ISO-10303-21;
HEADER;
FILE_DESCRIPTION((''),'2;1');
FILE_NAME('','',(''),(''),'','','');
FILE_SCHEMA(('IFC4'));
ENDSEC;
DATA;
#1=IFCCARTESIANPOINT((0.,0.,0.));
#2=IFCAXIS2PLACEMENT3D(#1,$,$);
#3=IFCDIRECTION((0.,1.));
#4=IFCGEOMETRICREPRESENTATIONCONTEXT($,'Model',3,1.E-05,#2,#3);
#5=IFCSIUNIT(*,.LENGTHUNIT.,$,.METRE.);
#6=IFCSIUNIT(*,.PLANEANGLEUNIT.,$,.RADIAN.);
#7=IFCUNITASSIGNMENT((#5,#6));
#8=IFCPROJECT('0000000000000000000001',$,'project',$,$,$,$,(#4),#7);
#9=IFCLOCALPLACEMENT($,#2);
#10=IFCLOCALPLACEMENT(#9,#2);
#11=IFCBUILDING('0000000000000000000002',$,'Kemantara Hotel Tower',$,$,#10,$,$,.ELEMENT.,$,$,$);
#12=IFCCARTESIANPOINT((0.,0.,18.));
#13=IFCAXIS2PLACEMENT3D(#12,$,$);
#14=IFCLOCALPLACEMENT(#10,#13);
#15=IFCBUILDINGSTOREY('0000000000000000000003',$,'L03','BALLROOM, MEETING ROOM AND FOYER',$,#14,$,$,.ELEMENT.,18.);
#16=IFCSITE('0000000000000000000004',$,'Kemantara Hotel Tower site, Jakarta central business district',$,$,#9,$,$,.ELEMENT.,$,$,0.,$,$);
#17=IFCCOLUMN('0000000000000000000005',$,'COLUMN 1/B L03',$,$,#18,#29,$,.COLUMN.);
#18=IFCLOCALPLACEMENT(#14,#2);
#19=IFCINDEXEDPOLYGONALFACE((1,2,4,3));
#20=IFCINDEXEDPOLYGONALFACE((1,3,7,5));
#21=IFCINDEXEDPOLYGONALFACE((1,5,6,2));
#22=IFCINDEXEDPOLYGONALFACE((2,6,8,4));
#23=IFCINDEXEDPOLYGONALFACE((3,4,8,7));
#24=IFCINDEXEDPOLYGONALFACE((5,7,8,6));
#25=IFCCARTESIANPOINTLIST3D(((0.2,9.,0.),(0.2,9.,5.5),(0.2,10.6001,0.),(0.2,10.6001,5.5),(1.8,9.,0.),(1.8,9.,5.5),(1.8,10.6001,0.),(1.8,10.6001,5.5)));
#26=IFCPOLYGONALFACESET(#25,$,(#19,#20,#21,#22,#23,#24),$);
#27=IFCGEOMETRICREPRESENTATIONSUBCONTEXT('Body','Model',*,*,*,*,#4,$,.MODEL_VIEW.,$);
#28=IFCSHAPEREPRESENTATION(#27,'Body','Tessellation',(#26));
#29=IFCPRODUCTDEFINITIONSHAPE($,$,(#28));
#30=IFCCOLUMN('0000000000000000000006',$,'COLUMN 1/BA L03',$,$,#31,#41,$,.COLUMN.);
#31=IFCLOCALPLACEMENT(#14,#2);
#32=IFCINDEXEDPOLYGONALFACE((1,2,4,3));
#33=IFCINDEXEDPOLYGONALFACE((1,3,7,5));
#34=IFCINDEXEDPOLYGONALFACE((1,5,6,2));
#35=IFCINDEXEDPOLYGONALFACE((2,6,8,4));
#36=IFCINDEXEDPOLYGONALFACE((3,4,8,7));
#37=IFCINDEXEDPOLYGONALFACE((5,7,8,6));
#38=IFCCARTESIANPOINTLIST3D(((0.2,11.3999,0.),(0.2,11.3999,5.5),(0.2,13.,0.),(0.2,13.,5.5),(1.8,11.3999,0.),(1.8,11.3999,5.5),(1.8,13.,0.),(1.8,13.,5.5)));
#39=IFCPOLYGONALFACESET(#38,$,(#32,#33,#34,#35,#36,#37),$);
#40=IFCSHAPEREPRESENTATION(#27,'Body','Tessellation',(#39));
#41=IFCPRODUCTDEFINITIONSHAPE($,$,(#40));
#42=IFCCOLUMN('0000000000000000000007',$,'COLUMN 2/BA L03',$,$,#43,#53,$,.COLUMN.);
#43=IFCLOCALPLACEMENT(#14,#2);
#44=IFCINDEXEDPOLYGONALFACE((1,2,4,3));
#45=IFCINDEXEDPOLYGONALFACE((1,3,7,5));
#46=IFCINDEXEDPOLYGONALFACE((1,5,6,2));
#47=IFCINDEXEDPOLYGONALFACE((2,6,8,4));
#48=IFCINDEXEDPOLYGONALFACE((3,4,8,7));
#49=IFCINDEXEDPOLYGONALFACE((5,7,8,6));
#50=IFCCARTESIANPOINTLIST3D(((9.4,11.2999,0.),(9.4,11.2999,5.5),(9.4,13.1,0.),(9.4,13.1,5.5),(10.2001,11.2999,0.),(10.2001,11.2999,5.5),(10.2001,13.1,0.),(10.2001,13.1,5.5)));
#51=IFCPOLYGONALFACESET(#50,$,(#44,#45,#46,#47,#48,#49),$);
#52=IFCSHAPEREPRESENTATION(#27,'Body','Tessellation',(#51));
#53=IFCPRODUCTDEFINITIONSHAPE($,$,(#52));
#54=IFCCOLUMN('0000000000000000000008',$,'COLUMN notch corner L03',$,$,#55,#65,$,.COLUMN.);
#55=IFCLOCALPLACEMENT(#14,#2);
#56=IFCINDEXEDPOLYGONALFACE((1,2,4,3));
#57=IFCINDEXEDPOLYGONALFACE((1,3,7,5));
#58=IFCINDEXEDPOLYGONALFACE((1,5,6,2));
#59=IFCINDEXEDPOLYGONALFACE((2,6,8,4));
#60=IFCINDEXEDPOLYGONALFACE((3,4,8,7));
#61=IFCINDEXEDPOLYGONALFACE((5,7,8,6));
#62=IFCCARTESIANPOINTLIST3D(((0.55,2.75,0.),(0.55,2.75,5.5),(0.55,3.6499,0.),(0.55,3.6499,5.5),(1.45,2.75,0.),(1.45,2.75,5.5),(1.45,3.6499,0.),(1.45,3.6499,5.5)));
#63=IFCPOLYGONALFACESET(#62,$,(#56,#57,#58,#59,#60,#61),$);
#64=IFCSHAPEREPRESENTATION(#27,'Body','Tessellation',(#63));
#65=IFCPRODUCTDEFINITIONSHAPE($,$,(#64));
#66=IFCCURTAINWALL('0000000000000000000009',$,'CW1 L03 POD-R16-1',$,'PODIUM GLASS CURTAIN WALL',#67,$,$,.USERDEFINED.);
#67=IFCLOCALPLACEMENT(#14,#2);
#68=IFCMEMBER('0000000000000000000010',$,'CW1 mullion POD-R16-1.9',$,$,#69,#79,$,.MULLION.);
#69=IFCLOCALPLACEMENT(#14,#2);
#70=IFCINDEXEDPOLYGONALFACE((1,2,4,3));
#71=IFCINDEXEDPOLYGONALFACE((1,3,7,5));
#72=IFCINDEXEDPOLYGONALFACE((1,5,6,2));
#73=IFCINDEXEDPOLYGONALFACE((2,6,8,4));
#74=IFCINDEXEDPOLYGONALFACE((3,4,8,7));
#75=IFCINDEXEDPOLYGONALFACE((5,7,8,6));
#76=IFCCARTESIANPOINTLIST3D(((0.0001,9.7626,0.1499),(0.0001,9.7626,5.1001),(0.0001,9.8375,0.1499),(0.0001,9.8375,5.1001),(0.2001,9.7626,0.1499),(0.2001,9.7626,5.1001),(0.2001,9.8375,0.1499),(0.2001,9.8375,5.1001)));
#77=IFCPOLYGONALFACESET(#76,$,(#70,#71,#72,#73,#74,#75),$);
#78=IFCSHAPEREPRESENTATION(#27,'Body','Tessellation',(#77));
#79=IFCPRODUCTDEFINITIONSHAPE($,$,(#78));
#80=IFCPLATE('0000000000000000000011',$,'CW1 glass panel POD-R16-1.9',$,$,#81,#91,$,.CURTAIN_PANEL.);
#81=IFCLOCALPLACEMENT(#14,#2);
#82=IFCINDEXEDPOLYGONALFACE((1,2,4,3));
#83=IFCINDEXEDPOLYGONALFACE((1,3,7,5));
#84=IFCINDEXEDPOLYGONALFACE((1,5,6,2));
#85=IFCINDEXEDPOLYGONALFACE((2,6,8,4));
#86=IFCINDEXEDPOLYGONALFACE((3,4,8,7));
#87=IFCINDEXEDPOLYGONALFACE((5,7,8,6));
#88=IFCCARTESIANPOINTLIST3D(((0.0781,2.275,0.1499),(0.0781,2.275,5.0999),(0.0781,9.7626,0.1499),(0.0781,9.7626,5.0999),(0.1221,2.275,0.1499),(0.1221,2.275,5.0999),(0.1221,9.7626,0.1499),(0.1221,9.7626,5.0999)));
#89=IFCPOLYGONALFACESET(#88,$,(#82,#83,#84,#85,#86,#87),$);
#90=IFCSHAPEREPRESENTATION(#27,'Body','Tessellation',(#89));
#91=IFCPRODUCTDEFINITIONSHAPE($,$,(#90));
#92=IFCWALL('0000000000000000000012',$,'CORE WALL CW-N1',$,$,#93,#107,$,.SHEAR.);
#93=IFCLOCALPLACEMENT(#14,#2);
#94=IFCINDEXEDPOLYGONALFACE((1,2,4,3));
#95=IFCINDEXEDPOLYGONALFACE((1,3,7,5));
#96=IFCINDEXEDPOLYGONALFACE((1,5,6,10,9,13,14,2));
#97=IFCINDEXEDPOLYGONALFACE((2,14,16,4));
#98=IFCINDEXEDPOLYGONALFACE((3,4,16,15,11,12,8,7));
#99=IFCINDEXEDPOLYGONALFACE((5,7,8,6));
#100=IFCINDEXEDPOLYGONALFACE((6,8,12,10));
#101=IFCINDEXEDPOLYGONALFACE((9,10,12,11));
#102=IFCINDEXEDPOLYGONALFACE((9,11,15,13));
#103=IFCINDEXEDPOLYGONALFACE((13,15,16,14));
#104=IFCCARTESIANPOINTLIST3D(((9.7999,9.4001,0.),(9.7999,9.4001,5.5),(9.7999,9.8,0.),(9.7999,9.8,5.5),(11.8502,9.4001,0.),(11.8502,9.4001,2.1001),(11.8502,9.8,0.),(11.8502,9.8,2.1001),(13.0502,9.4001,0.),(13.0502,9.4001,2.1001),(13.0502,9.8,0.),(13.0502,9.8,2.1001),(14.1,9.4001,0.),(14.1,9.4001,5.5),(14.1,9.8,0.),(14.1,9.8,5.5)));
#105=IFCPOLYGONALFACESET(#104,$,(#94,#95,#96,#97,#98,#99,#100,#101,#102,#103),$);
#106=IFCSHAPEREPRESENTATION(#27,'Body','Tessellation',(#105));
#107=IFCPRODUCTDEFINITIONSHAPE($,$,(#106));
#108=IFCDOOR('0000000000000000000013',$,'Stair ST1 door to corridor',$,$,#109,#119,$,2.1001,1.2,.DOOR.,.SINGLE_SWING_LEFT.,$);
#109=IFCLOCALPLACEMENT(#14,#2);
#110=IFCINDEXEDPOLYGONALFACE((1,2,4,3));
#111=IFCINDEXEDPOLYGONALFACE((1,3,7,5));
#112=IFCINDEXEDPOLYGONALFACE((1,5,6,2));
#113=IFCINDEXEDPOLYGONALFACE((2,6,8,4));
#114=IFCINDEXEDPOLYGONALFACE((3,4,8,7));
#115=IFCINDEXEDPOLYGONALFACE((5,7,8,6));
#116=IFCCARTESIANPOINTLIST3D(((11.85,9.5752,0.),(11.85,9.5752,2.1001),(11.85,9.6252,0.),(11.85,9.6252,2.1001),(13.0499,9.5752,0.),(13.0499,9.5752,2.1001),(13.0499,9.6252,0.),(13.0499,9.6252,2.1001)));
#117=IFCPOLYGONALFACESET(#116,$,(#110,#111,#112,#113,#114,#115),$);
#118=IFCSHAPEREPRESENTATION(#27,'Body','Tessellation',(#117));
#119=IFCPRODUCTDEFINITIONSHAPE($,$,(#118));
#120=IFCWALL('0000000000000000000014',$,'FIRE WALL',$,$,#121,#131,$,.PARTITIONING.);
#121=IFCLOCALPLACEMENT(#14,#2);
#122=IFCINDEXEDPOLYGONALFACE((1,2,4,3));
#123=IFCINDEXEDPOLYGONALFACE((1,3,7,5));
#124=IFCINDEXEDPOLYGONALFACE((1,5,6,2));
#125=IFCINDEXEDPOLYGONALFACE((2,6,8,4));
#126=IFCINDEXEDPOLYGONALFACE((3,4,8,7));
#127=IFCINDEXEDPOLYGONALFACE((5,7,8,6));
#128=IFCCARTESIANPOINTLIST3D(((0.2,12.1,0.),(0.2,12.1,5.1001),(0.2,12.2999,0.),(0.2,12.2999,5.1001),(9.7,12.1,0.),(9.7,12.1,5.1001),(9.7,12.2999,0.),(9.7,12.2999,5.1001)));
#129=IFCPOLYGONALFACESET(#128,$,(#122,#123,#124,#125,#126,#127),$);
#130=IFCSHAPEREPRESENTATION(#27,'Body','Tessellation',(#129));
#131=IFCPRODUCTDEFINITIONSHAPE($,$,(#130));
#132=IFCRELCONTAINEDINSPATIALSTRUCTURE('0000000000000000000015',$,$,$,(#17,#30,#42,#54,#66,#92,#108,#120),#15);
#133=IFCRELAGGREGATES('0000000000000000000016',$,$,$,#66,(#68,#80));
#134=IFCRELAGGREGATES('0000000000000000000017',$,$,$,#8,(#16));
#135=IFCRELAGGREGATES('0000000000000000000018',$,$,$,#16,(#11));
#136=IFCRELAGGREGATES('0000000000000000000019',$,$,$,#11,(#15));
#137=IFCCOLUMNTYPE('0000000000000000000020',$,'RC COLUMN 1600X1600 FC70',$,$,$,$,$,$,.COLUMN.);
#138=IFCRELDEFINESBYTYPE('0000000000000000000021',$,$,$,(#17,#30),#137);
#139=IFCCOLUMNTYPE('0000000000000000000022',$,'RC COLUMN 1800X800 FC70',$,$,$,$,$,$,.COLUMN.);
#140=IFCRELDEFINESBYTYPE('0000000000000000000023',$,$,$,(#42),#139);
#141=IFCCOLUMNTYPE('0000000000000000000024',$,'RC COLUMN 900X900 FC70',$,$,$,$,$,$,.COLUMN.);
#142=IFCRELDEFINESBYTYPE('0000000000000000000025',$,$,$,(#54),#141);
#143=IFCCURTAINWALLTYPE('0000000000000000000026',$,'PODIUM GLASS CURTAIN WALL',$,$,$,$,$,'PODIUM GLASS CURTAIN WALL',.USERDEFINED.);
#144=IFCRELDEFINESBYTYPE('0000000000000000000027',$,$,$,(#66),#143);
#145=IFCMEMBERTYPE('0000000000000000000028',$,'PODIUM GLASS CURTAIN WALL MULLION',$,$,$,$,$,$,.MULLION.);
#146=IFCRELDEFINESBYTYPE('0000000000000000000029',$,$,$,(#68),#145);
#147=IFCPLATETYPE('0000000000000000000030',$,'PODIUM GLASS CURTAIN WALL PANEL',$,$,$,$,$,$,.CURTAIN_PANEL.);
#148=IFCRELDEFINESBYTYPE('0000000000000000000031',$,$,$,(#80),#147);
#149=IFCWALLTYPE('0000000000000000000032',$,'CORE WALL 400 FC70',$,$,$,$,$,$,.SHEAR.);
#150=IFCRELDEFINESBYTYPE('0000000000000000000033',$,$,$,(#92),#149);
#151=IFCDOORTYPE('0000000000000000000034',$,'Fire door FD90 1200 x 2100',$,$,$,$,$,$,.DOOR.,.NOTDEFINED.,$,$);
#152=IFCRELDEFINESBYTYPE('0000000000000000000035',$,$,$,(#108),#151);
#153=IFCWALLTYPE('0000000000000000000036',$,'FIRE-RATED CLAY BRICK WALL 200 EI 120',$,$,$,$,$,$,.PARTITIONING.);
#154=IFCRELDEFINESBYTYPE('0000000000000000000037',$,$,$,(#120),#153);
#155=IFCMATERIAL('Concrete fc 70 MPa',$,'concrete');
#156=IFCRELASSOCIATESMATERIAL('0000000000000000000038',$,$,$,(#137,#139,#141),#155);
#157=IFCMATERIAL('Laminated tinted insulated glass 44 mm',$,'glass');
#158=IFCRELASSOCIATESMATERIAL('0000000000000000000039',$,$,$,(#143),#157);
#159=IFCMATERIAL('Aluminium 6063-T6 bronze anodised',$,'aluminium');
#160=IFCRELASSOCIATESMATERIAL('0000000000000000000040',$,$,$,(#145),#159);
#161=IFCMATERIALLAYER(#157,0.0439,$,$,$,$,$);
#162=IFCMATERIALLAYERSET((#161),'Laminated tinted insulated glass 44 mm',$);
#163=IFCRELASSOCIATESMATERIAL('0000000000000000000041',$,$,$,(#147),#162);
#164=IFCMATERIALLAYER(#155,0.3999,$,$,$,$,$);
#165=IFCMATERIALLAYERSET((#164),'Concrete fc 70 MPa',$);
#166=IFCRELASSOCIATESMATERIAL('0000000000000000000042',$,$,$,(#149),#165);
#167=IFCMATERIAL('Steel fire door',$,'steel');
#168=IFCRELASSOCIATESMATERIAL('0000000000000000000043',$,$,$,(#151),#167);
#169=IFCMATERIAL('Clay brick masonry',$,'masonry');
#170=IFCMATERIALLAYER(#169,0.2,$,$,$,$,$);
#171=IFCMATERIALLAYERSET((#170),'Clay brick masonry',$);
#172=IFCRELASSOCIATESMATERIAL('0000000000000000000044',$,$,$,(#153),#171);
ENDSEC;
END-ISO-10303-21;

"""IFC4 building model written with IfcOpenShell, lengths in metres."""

from ifc_helpers import new_model, si_unit, direction, frame, frame_2d, origin, origin_2d, place, context, subcontext, project, spatial, rectangle, extrude, source, transform, mapped, material, layer, layer_set, material_profile, profile_set, type_object, element, fill, aggregate, save


model = new_model("IFC4")

# Units and contexts
model_context = context("Model", 3, precision=1e-05, world=origin(), true_north=direction((0.0, 1.0)))
body_context = subcontext(model_context, "Body", "Model", "MODEL_VIEW")
ifc_project = project(units=[si_unit("LENGTHUNIT", "METRE"), si_unit("PLANEANGLEUNIT", "RADIAN")], contexts=[model_context])

# Site, building, storey
site_placement = place(None, origin())
site = spatial("IfcSite", under=ifc_project, at=site_placement, Name="Kemantara Hotel Tower site, Jakarta central business district", CompositionType="ELEMENT", RefElevation=0.0)
building_placement = place(site_placement, origin())
building = spatial("IfcBuilding", under=site, at=building_placement, Name="Kemantara Hotel Tower", CompositionType="ELEMENT")
storey_placement = place(building_placement, frame((0.0, 0.0, 18.0)))
storey = spatial("IfcBuildingStorey", under=building, at=storey_placement, Name="L03", Description="BALLROOM, MEETING ROOM AND FOYER", CompositionType="ELEMENT", Elevation=18.0)

# Columns
ifc_material_1 = material(Name="Concrete fc 70 MPa", Category="concrete")
ifc_material_profile_1 = material_profile(ifc_material_1, rectangle(XDim=1.6001, YDim=1.6001, at=origin_2d()), Name="RC 1600X1600")
ifc_profile_set_1 = profile_set([ifc_material_profile_1], Name="Concrete fc 70 MPa")
column_type_1 = type_object("IfcColumnType", Name="RC COLUMN 1600X1600 FC70", PredefinedType="COLUMN", material=ifc_profile_set_1)
for number, where, z_axis, x_axis, name in (
    (1, (1.0, 9.8, 0.0), (0.0, 0.0, 1.0), (1.0, 0.0, 0.0), "COLUMN 1/B L03"),
    (2, (1.0, 12.2, 0.0), (0.0, 0.0, 1.0), (1.0, 0.0, 0.0), "COLUMN 1/BA L03"),
):
    element("IfcColumn", number, at=place(storey_placement, frame(where, z_axis=z_axis, x_axis=x_axis)), inside=storey, type_object=column_type_1, Name=name, PredefinedType="COLUMN", context=body_context, shape_type="SweptSolid", body=[
        extrude(rectangle(XDim=1.6001, YDim=1.6001, at=origin_2d()), origin(), (0.0, 0.0, 1.0), 5.5),
    ])
ifc_material_profile_2 = material_profile(ifc_material_1, rectangle(XDim=1.8, YDim=0.8, at=origin_2d()), Name="RC 1800X800")
ifc_profile_set_2 = profile_set([ifc_material_profile_2], Name="Concrete fc 70 MPa")
column_type_2 = type_object("IfcColumnType", Name="RC COLUMN 1800X800 FC70", PredefinedType="COLUMN", material=ifc_profile_set_2)
column_1_placement = place(storey_placement, frame((9.8, 12.2, 0.0), z_axis=(0.0, 0.0, 1.0), x_axis=(0.0, 1.0, 0.0)))
element("IfcColumn", 3, at=column_1_placement, inside=storey, type_object=column_type_2, Name="COLUMN 2/BA L03", PredefinedType="COLUMN", context=body_context, shape_type="SweptSolid", body=[
    extrude(rectangle(XDim=1.8, YDim=0.8, at=origin_2d()), origin(), (0.0, 0.0, 1.0), 5.5),
])
ifc_material_profile_3 = material_profile(ifc_material_1, rectangle(XDim=0.8999, YDim=0.8999, at=origin_2d()), Name="RC 900X900")
ifc_profile_set_3 = profile_set([ifc_material_profile_3], Name="Concrete fc 70 MPa")
column_type_3 = type_object("IfcColumnType", Name="RC COLUMN 900X900 FC70", PredefinedType="COLUMN", material=ifc_profile_set_3)
column_2_placement = place(storey_placement, frame((1.0, 3.2, 0.0), z_axis=(0.0, 0.0, 1.0), x_axis=(1.0, 0.0, 0.0)))
element("IfcColumn", 4, at=column_2_placement, inside=storey, type_object=column_type_3, Name="COLUMN notch corner L03", PredefinedType="COLUMN", context=body_context, shape_type="SweptSolid", body=[
    extrude(rectangle(XDim=0.8999, YDim=0.8999, at=origin_2d()), origin(), (0.0, 0.0, 1.0), 5.5),
])

# Curtain wall, member, plate
ifc_material_2 = material(Name="Laminated tinted insulated glass 44 mm", Category="glass")
curtain_wall_type = type_object("IfcCurtainWallType", Name="PODIUM GLASS CURTAIN WALL", ElementType="PODIUM GLASS CURTAIN WALL", PredefinedType="USERDEFINED", material=ifc_material_2)
curtain_wall_placement = place(storey_placement, origin())
curtain_wall = element("IfcCurtainWall", 5, at=curtain_wall_placement, inside=storey, type_object=curtain_wall_type, Name="CW1 L03 POD-R16-1", ObjectType="PODIUM GLASS CURTAIN WALL", PredefinedType="USERDEFINED")
ifc_material_3 = material(Name="Aluminium 6063-T6 bronze anodised", Category="aluminium")
ifc_material_profile_4 = material_profile(ifc_material_3, rectangle(XDim=0.2, YDim=0.075, at=origin_2d()), Name="PODIUM GLASS CURTAIN WALL MULLION")
ifc_profile_set_4 = profile_set([ifc_material_profile_4], Name="Aluminium 6063-T6 bronze anodised")
member_type = type_object("IfcMemberType", Name="PODIUM GLASS CURTAIN WALL MULLION", PredefinedType="MULLION", material=ifc_profile_set_4)
shared_shape_1 = source(origin(), body_context, "Body", "SweptSolid", [
    extrude(rectangle(XDim=0.2, YDim=0.075, at=origin_2d()), origin(), (0.0, 0.0, 1.0), 4.9502),
])
member_placement = place(storey_placement, frame((0.1001, 9.8, 0.1499), z_axis=(0.0, 0.0, 1.0), x_axis=(1.0, 0.0, 0.0)))
member = element("IfcMember", 6, at=member_placement, type_object=member_type, Name="CW1 mullion POD-R16-1.9", PredefinedType="MULLION", context=body_context, shape_type="MappedRepresentation", body=[
    mapped(shared_shape_1, transform((0.0, 0.0, 0.0))),
])
ifc_layer_1 = layer(ifc_material_2, 0.0439)
ifc_layer_set_1 = layer_set([ifc_layer_1], Name="Laminated tinted insulated glass 44 mm")
plate_type = type_object("IfcPlateType", Name="PODIUM GLASS CURTAIN WALL PANEL", PredefinedType="CURTAIN_PANEL", material=ifc_layer_set_1)
shared_shape_2 = source(origin(), body_context, "Body", "SweptSolid", [
    extrude(rectangle(XDim=7.4875, YDim=0.0439, at=origin_2d()), origin(), (0.0, 0.0, 1.0), 4.95),
])
plate_placement = place(storey_placement, frame((0.1001, 6.0188, 0.1499), z_axis=(0.0, 0.0, 1.0), x_axis=(0.0, -1.0, 0.0)))
plate = element("IfcPlate", 7, at=plate_placement, type_object=plate_type, Name="CW1 glass panel POD-R16-1.9", PredefinedType="CURTAIN_PANEL", context=body_context, shape_type="MappedRepresentation", body=[
    mapped(shared_shape_2, transform((0.0, 0.0, 0.0))),
])
aggregate(curtain_wall, [member, plate])

# Wall, opening, door
ifc_layer_2 = layer(ifc_material_1, 0.3999)
ifc_layer_set_2 = layer_set([ifc_layer_2], Name="Concrete fc 70 MPa")
wall_type_1 = type_object("IfcWallType", Name="CORE WALL 400 FC70", PredefinedType="SHEAR", material=ifc_layer_set_2)
wall_1_placement = place(storey_placement, frame((9.8, 9.6001, 0.0), z_axis=(0.0, 0.0, 1.0), x_axis=(1.0, 0.0, 0.0)))
wall_1 = element("IfcWall", 8, at=wall_1_placement, inside=storey, type_object=wall_type_1, Name="CORE WALL CW-N1", PredefinedType="SHEAR", context=body_context, shape_type="SweptSolid", body=[
    extrude(rectangle(XDim=4.3, YDim=0.3999, at=frame_2d((2.1499, 0.0))), origin(), (0.0, 0.0, 1.0), 5.5),
])
opening_1_placement = place(wall_1_placement, frame((2.05, 0.0, 0.0)))
opening_1 = element("IfcOpeningElement", 9, at=opening_1_placement, cuts=wall_1, PredefinedType="OPENING", context=body_context, shape_type="SweptSolid", body=[
    extrude(rectangle(XDim=1.2, YDim=2.1001, at=frame_2d((0.6001, 1.05))), frame((0.0, 0.21, 0.0), z_axis=(0.0, -1.0, 0.0), x_axis=(1.0, 0.0, 0.0)), (0.0, 0.0, 1.0), 0.4199),
])
ifc_material_4 = material(Name="Steel fire door", Category="steel")
door_type_1 = type_object("IfcDoorType", Name="Fire door FD90 1200 x 2100", OperationType="NOTDEFINED", PredefinedType="DOOR", material=ifc_material_4)
door_1_placement = place(opening_1_placement, frame((1.2, 0.0, 0.0), z_axis=(0.0, 0.0, 1.0), x_axis=(-1.0, 0.0, 0.0)))
door_1 = element("IfcDoor", 10, at=door_1_placement, inside=storey, type_object=door_type_1, Name="Stair ST1 door to corridor", OperationType="SINGLE_SWING_LEFT", OverallHeight=2.1001, OverallWidth=1.2, PredefinedType="DOOR", context=body_context, shape_type="SweptSolid", body=[
    extrude(rectangle(XDim=1.2, YDim=2.1001, at=frame_2d((0.6001, 1.05))), frame((0.0, 0.0249, 0.0), z_axis=(0.0, -1.0, 0.0), x_axis=(1.0, 0.0, 0.0)), (0.0, 0.0, 1.0), 0.05),
])
fill(opening_1, door_1)

# Wall
ifc_material_5 = material(Name="Clay brick masonry", Category="masonry")
ifc_layer_3 = layer(ifc_material_5, 0.2)
ifc_layer_set_3 = layer_set([ifc_layer_3], Name="Clay brick masonry")
wall_type_2 = type_object("IfcWallType", Name="FIRE-RATED CLAY BRICK WALL 200 EI 120", PredefinedType="PARTITIONING", material=ifc_layer_set_3)
wall_2_placement = place(storey_placement, frame((0.2, 12.2, 0.0), z_axis=(0.0, 0.0, 1.0), x_axis=(1.0, 0.0, 0.0)))
element("IfcWall", 11, at=wall_2_placement, inside=storey, type_object=wall_type_2, Name="FIRE WALL", PredefinedType="PARTITIONING", context=body_context, shape_type="SweptSolid", body=[
    extrude(rectangle(XDim=9.5, YDim=0.2, at=frame_2d((4.75, 0.0))), origin(), (0.0, 0.0, 1.0), 5.1001),
])

save(model, "model.ifc")
